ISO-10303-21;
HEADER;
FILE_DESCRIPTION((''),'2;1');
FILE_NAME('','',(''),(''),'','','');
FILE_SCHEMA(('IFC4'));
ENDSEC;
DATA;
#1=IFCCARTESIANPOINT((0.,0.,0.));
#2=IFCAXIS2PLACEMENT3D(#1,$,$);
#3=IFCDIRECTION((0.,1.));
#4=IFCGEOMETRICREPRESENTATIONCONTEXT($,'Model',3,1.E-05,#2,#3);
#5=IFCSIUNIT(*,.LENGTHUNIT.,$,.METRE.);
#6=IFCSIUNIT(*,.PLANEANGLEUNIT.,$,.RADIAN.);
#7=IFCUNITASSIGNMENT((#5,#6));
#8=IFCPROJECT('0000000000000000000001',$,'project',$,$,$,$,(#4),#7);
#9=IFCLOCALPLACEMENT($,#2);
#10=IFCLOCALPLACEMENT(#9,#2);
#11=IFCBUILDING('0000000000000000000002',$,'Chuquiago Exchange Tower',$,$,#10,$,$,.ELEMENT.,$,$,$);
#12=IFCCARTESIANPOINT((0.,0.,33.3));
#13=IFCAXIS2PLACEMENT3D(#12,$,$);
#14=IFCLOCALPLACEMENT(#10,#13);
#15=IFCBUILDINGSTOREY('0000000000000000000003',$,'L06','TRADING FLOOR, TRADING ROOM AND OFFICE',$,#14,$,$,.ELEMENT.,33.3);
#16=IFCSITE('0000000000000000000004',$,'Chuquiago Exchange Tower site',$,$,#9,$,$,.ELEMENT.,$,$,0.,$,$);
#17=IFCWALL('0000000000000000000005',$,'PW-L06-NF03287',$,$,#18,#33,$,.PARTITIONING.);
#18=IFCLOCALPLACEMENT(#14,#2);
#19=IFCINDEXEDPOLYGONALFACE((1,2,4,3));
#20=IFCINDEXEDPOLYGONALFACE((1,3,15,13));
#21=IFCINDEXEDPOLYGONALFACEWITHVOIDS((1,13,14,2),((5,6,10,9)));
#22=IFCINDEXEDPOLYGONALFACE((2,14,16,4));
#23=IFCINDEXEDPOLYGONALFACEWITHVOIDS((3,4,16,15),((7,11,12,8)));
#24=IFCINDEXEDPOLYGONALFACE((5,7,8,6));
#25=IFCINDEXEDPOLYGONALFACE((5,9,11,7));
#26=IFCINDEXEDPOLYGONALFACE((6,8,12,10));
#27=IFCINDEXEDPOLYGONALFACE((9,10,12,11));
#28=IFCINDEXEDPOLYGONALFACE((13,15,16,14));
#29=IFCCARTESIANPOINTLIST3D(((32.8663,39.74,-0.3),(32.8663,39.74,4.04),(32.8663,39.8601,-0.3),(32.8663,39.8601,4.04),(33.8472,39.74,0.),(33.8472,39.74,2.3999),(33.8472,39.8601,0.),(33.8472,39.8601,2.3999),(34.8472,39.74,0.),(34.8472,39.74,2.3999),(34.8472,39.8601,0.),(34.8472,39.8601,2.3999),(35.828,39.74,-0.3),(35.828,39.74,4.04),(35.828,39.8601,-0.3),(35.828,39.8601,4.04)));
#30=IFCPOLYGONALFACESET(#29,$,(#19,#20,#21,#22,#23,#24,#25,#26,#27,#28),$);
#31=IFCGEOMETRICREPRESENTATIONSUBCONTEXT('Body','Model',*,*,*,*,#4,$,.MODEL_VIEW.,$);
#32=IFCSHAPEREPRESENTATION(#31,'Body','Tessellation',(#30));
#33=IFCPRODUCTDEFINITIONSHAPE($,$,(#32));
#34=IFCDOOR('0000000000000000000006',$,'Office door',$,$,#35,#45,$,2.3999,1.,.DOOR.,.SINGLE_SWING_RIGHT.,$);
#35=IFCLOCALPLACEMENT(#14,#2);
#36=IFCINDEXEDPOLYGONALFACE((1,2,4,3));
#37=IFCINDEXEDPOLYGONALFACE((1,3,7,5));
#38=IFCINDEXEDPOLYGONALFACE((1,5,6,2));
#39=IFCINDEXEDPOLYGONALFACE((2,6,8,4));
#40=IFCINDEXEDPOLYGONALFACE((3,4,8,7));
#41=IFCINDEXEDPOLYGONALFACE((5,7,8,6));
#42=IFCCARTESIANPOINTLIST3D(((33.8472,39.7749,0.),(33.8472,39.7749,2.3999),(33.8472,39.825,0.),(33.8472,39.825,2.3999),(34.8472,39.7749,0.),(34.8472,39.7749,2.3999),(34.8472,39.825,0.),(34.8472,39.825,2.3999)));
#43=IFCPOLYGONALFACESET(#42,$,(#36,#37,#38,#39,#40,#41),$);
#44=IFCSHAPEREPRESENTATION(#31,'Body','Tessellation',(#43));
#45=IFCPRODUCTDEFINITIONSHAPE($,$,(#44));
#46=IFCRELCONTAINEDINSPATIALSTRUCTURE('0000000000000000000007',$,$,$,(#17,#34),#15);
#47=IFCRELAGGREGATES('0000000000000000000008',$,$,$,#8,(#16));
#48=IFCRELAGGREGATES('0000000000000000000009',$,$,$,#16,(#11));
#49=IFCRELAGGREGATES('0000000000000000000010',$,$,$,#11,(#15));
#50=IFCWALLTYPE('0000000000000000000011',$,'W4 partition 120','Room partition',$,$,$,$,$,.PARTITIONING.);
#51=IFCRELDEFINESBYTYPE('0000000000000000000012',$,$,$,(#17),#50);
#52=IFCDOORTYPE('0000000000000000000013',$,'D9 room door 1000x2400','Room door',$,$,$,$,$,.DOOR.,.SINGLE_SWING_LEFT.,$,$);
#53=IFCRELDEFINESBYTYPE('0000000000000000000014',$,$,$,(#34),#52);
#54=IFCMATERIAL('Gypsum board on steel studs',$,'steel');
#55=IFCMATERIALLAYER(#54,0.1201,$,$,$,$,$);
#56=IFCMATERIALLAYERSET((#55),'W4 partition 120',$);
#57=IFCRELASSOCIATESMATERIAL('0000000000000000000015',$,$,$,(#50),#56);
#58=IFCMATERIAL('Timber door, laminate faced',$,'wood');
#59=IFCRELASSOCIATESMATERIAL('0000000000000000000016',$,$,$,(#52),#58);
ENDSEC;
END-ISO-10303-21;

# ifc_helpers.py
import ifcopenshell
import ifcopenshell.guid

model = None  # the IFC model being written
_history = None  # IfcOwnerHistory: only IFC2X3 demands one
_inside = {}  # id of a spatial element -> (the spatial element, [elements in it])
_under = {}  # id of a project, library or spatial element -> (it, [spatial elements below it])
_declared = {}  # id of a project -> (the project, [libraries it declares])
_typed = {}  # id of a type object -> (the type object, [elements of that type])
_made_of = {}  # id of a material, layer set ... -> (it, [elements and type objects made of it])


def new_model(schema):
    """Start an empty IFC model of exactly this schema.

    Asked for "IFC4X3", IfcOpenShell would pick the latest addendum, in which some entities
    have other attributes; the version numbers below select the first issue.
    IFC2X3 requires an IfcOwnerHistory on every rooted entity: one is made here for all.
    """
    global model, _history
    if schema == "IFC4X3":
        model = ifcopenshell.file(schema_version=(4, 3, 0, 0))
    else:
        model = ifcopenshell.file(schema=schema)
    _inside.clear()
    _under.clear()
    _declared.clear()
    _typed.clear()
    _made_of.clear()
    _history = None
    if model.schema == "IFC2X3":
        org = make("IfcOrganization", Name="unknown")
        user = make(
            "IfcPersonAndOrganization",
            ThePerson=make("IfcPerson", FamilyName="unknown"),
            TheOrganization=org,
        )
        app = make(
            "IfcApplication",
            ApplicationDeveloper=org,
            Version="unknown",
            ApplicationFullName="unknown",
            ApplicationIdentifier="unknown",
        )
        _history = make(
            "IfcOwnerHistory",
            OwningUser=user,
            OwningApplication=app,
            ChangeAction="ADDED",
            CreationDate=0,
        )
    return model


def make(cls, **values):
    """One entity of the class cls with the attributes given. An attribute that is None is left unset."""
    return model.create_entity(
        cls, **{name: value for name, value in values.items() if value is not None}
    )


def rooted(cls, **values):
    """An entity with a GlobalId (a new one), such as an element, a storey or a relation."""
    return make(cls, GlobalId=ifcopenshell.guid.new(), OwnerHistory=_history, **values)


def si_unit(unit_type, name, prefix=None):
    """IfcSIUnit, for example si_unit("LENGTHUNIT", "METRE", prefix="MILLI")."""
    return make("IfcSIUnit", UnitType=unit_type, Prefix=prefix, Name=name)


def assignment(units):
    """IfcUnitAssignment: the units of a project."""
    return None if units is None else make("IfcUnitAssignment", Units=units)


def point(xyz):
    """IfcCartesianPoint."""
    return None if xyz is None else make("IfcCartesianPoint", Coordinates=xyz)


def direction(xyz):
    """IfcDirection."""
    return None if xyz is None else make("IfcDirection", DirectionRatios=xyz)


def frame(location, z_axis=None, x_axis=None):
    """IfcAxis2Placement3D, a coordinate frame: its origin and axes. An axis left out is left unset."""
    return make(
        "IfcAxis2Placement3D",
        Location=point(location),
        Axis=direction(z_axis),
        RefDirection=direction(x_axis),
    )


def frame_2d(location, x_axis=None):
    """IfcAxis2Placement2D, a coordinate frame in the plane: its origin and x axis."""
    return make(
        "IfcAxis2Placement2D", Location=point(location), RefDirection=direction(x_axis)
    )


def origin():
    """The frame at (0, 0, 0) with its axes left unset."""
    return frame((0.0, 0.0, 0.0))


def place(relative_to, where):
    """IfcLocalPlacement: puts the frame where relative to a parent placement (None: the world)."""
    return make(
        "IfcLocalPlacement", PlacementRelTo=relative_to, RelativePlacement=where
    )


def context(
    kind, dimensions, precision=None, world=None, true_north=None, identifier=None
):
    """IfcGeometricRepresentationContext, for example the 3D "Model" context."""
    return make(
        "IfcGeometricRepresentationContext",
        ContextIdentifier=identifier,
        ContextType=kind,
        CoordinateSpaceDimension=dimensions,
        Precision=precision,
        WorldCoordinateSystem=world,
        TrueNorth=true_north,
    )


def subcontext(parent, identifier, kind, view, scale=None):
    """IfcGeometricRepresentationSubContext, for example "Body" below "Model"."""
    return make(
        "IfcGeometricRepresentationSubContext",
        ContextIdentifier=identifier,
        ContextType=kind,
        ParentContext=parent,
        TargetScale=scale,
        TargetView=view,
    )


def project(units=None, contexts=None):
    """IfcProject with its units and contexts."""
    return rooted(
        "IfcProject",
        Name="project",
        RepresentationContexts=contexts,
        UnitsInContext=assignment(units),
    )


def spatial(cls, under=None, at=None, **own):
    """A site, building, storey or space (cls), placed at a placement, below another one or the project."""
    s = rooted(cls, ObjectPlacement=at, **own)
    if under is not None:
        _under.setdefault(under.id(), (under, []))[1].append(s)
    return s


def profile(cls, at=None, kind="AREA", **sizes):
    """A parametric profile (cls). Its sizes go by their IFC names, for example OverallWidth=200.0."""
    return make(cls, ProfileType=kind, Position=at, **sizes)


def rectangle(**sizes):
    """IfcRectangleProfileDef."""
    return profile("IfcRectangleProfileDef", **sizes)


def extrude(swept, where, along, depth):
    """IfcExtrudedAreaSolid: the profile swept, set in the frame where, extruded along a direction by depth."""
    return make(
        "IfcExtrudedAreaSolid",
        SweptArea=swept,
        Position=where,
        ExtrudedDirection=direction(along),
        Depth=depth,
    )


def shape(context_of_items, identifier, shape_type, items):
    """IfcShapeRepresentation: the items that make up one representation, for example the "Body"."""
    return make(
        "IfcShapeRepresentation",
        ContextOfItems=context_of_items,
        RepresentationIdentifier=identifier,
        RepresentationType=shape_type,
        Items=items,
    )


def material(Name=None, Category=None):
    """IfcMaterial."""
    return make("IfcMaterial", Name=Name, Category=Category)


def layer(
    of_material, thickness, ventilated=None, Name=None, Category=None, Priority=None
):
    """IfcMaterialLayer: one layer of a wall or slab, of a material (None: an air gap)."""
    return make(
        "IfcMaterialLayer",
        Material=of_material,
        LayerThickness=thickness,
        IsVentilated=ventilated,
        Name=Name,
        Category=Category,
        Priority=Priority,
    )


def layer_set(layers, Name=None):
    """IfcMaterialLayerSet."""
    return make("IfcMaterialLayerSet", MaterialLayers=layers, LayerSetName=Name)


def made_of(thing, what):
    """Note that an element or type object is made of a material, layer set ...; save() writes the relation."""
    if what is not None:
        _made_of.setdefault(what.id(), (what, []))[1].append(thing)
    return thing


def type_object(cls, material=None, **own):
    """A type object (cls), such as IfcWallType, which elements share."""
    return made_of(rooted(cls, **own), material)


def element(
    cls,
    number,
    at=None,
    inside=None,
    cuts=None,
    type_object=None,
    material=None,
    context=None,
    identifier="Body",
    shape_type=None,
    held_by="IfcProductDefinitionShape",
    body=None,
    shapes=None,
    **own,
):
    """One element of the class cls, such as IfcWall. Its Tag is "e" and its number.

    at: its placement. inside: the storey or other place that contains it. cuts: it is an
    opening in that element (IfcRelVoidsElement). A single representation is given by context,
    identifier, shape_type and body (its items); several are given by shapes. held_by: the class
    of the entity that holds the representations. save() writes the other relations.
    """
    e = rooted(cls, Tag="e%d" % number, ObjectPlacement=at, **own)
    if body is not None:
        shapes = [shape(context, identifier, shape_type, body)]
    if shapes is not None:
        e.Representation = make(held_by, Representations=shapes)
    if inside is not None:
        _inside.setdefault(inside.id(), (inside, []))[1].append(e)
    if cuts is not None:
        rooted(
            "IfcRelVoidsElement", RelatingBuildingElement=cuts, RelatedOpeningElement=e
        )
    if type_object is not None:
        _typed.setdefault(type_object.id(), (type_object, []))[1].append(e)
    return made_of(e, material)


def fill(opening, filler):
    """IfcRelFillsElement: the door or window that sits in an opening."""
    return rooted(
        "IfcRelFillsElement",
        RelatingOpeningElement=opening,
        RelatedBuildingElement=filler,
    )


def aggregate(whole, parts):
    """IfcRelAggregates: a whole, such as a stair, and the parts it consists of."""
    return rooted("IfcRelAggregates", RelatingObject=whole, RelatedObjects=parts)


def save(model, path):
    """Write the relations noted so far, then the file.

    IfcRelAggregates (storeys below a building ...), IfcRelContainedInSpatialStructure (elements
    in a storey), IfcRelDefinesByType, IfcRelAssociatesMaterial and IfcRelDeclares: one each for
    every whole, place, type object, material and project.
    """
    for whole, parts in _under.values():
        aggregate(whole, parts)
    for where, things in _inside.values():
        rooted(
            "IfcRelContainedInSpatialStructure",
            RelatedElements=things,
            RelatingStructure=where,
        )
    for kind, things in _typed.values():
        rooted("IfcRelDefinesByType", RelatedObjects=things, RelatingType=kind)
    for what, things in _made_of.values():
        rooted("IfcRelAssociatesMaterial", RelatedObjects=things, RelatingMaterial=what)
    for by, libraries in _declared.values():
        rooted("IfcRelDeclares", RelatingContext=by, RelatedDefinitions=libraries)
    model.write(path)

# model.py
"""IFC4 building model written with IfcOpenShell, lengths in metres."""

from ifc_helpers import new_model, si_unit, direction, frame, frame_2d, origin, place, context, subcontext, project, spatial, rectangle, extrude, material, layer, layer_set, type_object, element, fill, save


model = new_model("IFC4")

# Units and contexts
model_context = context("Model", 3, precision=1e-05, world=origin(), true_north=direction((0.0, 1.0)))
body_context = subcontext(model_context, "Body", "Model", "MODEL_VIEW")
ifc_project = project(units=[si_unit("LENGTHUNIT", "METRE"), si_unit("PLANEANGLEUNIT", "RADIAN")], contexts=[model_context])

# Site, building, storey
site_placement = place(None, origin())
site = spatial("IfcSite", under=ifc_project, at=site_placement, Name="Chuquiago Exchange Tower site", CompositionType="ELEMENT", RefElevation=0.0)
building_placement = place(site_placement, origin())
building = spatial("IfcBuilding", under=site, at=building_placement, Name="Chuquiago Exchange Tower", CompositionType="ELEMENT")
storey_placement = place(building_placement, frame((0.0, 0.0, 33.3)))
storey = spatial("IfcBuildingStorey", under=building, at=storey_placement, Name="L06", Description="TRADING FLOOR, TRADING ROOM AND OFFICE", CompositionType="ELEMENT", Elevation=33.3)

# Shared definitions
ifc_material_1 = material(Name="Gypsum board on steel studs", Category="steel")
ifc_layer_1 = layer(ifc_material_1, 0.1201)
ifc_layer_set_1 = layer_set([ifc_layer_1], Name="W4 partition 120")
wall_type_1 = type_object("IfcWallType", Name="W4 partition 120", Description="Room partition", PredefinedType="PARTITIONING", material=ifc_layer_set_1)

# Wall, opening, door
wall_1_placement = place(storey_placement, frame((32.8662, 39.8, -0.3), z_axis=(0.0, 0.0, 1.0), x_axis=(1.0, 0.0, 0.0)))
wall_1 = element("IfcWall", 1, at=wall_1_placement, inside=storey, type_object=wall_type_1, Name="PW-L06-NF03287", PredefinedType="PARTITIONING", context=body_context, shape_type="SweptSolid", body=[
    extrude(rectangle(XDim=2.9617, YDim=0.1201, at=frame_2d((1.481, 0.0))), origin(), (0.0, 0.0, 1.0), 4.3401),
])
opening_1_placement = place(wall_1_placement, frame((0.981, 0.0, 0.3)))
opening_1 = element("IfcOpeningElement", 2, at=opening_1_placement, cuts=wall_1, PredefinedType="OPENING", context=body_context, shape_type="SweptSolid", body=[
    extrude(rectangle(XDim=1.0, YDim=2.3999, at=frame_2d((0.5, 1.2))), frame((0.0, 0.0701, 0.0), z_axis=(0.0, -1.0, 0.0), x_axis=(1.0, 0.0, 0.0)), (0.0, 0.0, 1.0), 0.1401),
])
ifc_material_2 = material(Name="Timber door, laminate faced", Category="wood")
door_type_1 = type_object("IfcDoorType", Name="D9 room door 1000x2400", Description="Room door", OperationType="SINGLE_SWING_LEFT", PredefinedType="DOOR", material=ifc_material_2)
door_1_placement = place(opening_1_placement, origin())
door_1 = element("IfcDoor", 3, at=door_1_placement, inside=storey, type_object=door_type_1, Name="Office door", OperationType="SINGLE_SWING_RIGHT", OverallHeight=2.3999, OverallWidth=1.0, PredefinedType="DOOR", context=body_context, shape_type="SweptSolid", body=[
    extrude(rectangle(XDim=1.0, YDim=2.3999, at=frame_2d((0.5, 1.2))), frame((0.0, 0.0249, 0.0), z_axis=(0.0, -1.0, 0.0), x_axis=(1.0, 0.0, 0.0)), (0.0, 0.0, 1.0), 0.05),
])
fill(opening_1, door_1)

save(model, "model.ifc")
